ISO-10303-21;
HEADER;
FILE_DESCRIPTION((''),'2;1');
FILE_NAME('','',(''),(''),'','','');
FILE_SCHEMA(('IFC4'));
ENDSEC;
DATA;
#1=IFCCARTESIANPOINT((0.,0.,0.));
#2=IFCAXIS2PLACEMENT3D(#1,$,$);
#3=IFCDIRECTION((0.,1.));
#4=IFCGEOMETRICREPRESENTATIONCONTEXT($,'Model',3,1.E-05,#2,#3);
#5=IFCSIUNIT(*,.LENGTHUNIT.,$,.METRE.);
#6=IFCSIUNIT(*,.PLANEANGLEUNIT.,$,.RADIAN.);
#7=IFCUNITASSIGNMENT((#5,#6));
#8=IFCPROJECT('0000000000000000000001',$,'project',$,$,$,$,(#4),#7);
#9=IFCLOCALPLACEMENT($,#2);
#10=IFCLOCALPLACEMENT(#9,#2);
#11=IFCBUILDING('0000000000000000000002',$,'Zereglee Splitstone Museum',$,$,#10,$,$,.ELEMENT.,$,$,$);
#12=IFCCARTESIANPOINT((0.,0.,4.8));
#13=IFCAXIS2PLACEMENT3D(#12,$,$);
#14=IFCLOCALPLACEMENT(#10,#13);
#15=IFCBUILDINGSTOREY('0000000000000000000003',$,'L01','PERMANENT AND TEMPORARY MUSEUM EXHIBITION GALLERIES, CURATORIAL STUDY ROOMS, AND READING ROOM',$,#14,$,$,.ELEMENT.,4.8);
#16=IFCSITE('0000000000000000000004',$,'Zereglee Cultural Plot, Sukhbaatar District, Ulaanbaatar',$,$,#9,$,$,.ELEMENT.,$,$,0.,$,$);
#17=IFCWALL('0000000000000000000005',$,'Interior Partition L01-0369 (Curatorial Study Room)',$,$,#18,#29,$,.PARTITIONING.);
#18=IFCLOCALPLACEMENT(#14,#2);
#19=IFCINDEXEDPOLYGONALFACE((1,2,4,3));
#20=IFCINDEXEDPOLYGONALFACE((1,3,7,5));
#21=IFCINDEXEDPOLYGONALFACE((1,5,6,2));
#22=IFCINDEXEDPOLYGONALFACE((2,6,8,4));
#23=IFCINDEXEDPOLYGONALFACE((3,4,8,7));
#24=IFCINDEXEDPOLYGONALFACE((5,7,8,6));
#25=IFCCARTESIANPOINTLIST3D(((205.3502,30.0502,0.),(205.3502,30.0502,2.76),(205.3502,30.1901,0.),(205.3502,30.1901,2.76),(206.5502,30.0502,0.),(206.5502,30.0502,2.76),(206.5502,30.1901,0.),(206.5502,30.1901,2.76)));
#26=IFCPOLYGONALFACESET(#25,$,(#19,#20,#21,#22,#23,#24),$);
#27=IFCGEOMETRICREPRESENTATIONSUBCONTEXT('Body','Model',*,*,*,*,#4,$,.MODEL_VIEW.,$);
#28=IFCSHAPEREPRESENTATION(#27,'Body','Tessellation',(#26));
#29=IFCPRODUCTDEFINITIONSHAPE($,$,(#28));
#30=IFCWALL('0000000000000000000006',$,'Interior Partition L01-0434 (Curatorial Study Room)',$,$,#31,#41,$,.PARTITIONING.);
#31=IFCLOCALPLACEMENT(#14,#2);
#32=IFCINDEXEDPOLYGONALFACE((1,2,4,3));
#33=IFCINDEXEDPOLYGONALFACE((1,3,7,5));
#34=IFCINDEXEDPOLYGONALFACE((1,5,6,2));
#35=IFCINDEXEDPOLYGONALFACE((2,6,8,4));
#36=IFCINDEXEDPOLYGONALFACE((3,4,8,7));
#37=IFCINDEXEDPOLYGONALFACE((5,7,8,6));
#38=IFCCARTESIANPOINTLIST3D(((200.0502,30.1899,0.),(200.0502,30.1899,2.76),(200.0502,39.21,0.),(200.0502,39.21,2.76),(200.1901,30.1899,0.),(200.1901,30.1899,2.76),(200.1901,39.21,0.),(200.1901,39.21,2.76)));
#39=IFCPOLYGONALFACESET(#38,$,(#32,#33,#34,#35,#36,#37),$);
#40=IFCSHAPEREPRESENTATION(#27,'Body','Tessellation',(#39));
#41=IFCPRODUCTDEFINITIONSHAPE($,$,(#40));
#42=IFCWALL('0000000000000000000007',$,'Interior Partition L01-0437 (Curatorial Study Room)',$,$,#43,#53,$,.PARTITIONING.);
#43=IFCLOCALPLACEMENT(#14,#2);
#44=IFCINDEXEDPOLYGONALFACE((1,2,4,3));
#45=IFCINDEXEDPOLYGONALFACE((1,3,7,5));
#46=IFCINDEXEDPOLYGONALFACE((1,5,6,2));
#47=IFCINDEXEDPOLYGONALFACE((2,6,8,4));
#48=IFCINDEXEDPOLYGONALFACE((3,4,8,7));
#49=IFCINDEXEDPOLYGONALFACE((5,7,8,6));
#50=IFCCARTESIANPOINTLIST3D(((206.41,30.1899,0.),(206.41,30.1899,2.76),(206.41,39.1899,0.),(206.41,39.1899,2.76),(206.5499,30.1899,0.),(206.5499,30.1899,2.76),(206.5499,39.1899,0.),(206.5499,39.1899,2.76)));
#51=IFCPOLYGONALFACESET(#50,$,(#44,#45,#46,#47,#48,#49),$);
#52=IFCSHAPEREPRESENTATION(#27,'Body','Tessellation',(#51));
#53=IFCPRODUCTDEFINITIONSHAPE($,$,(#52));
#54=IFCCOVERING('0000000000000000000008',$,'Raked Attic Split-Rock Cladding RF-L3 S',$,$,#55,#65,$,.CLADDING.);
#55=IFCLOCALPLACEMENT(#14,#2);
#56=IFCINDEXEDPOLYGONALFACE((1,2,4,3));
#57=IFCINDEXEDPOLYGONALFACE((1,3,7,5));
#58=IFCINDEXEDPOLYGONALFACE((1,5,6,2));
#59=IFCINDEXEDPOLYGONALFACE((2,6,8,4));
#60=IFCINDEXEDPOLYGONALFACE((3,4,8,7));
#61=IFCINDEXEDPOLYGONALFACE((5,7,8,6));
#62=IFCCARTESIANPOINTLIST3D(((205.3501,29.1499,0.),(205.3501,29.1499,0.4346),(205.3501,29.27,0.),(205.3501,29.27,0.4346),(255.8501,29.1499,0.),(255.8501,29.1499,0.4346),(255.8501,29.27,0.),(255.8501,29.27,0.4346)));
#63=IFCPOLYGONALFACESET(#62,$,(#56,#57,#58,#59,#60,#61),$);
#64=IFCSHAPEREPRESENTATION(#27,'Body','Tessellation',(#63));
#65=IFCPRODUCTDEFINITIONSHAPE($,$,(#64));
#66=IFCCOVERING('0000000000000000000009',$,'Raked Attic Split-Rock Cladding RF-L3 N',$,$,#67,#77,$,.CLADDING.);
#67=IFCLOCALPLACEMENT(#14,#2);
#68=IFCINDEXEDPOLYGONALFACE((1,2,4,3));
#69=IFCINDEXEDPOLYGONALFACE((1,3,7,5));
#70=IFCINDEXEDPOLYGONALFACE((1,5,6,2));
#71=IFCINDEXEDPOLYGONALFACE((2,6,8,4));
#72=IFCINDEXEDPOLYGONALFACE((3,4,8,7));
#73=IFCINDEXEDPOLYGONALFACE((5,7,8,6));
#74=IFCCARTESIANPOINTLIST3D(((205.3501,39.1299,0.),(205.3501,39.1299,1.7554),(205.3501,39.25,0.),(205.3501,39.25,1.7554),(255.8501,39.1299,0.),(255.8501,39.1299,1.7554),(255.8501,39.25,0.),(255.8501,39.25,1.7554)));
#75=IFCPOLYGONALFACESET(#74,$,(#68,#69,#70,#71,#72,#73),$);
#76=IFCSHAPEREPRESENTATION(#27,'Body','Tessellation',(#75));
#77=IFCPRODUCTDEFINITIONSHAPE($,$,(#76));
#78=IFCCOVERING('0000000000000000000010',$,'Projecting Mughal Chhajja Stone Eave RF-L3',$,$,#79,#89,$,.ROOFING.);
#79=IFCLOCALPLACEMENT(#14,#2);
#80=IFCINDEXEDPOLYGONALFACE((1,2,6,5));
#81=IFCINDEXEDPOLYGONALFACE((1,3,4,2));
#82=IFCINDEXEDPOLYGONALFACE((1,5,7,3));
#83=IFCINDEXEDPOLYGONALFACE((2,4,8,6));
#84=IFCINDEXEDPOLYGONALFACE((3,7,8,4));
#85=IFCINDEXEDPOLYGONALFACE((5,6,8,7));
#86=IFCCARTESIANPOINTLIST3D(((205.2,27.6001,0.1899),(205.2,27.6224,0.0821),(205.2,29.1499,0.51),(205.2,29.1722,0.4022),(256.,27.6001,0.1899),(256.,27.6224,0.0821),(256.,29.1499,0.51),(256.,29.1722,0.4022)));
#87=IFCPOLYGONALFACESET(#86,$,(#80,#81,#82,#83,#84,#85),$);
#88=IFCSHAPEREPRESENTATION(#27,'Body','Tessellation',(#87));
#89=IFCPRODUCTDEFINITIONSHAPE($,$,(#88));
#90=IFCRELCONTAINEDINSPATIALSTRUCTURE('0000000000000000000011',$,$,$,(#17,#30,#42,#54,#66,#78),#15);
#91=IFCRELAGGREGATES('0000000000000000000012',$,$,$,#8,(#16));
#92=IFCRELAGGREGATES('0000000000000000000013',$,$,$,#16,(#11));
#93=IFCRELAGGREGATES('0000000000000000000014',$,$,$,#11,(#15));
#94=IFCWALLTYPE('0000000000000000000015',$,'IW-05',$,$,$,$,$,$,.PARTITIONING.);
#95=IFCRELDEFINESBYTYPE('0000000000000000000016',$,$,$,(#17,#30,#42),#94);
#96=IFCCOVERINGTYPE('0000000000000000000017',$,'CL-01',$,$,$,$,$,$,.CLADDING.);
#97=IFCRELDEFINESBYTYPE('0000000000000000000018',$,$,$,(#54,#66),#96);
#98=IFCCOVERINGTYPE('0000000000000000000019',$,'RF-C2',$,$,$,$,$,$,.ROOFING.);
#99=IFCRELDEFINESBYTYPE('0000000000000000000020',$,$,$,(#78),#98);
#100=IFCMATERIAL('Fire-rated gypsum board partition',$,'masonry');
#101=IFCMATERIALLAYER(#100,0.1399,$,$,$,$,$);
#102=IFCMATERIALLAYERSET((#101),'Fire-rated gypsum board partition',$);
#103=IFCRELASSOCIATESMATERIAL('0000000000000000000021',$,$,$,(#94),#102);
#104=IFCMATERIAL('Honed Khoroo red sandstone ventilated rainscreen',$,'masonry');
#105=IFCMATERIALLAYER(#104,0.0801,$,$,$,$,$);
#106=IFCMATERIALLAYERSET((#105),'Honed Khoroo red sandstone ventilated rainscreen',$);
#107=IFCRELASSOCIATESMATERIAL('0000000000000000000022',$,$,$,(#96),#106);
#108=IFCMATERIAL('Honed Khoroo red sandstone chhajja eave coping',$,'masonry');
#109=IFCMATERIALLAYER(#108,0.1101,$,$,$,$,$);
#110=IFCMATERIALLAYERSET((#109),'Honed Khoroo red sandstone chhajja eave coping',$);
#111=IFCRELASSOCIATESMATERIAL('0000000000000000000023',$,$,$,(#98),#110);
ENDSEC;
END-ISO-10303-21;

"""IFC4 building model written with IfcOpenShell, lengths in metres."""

from ifc_helpers import new_model, si_unit, direction, frame, frame_2d, origin, place, context, subcontext, project, spatial, polyline, rectangle, outline, extrude, material, layer, layer_set, type_object, element, save


model = new_model("IFC4")

# Units and contexts
model_context = context("Model", 3, precision=1e-05, world=origin(), true_north=direction((0.0, 1.0)))
body_context = subcontext(model_context, "Body", "Model", "MODEL_VIEW")
ifc_project = project(units=[si_unit("LENGTHUNIT", "METRE"), si_unit("PLANEANGLEUNIT", "RADIAN")], contexts=[model_context])

# Site, building, storey
site_placement = place(None, origin())
site = spatial("IfcSite", under=ifc_project, at=site_placement, Name="Zereglee Cultural Plot, Sukhbaatar District, Ulaanbaatar", CompositionType="ELEMENT", RefElevation=0.0)
building_placement = place(site_placement, origin())
building = spatial("IfcBuilding", under=site, at=building_placement, Name="Zereglee Splitstone Museum", CompositionType="ELEMENT")
storey_placement = place(building_placement, frame((0.0, 0.0, 4.8)))
storey = spatial("IfcBuildingStorey", under=building, at=storey_placement, Name="L01", Description="PERMANENT AND TEMPORARY MUSEUM EXHIBITION GALLERIES, CURATORIAL STUDY ROOMS, AND READING ROOM", CompositionType="ELEMENT", Elevation=4.8)

# Walls
ifc_material_1 = material(Name="Fire-rated gypsum board partition", Category="masonry")
ifc_layer_1 = layer(ifc_material_1, 0.1399)
ifc_layer_set_1 = layer_set([ifc_layer_1], Name="Fire-rated gypsum board partition")
wall_type = type_object("IfcWallType", Name="IW-05", PredefinedType="PARTITIONING", material=ifc_layer_set_1)
wall_1_placement = place(storey_placement, frame((205.3501, 30.1201, 0.0), z_axis=(0.0, 0.0, 1.0), x_axis=(1.0, 0.0, 0.0)))
element("IfcWall", 1, at=wall_1_placement, inside=storey, type_object=wall_type, Name="Interior Partition L01-0369 (Curatorial Study Room)", PredefinedType="PARTITIONING", context=body_context, shape_type="SweptSolid", body=[
    extrude(rectangle(XDim=1.2, YDim=0.1399, at=frame_2d((0.6001, 0.0))), origin(), (0.0, 0.0, 1.0), 2.76),
])
wall_2_placement = place(storey_placement, frame((200.1201, 30.1899, 0.0), z_axis=(0.0, 0.0, 1.0), x_axis=(0.0, 1.0, 0.0)))
element("IfcWall", 2, at=wall_2_placement, inside=storey, type_object=wall_type, Name="Interior Partition L01-0434 (Curatorial Study Room)", PredefinedType="PARTITIONING", context=body_context, shape_type="SweptSolid", body=[
    extrude(rectangle(XDim=9.02, YDim=0.1399, at=frame_2d((4.51, 0.0))), origin(), (0.0, 0.0, 1.0), 2.76),
])
wall_3_placement = place(storey_placement, frame((206.48, 30.1899, 0.0), z_axis=(0.0, 0.0, 1.0), x_axis=(0.0, 1.0, 0.0)))
element("IfcWall", 3, at=wall_3_placement, inside=storey, type_object=wall_type, Name="Interior Partition L01-0437 (Curatorial Study Room)", PredefinedType="PARTITIONING", context=body_context, shape_type="SweptSolid", body=[
    extrude(rectangle(XDim=9.0, YDim=0.1399, at=frame_2d((4.5, 0.0))), origin(), (0.0, 0.0, 1.0), 2.76),
])

# Coverings
ifc_material_2 = material(Name="Honed Khoroo red sandstone ventilated rainscreen", Category="masonry")
ifc_layer_2 = layer(ifc_material_2, 0.0801)
ifc_layer_set_2 = layer_set([ifc_layer_2], Name="Honed Khoroo red sandstone ventilated rainscreen")
covering_type_1 = type_object("IfcCoveringType", Name="CL-01", PredefinedType="CLADDING", material=ifc_layer_set_2)
covering_1_placement = place(storey_placement, frame((205.3501, 29.1499, 0.0), z_axis=(0.0, -1.0, 0.0), x_axis=(1.0, 0.0, 0.0)))
element("IfcCovering", 4, at=covering_1_placement, inside=storey, type_object=covering_type_1, Name="Raked Attic Split-Rock Cladding RF-L3 S", PredefinedType="CLADDING", context=body_context, shape_type="SweptSolid", body=[
    extrude(outline(polyline([(0.0, 0.0), (50.5, 0.0), (50.5, 0.4346), (0.0, 0.4346), (0.0, 0.0)])), origin(), (0.0, 0.0, -1.0), 0.1201),
])
covering_2_placement = place(storey_placement, frame((205.3501, 39.25, 1.7554), z_axis=(0.0, 1.0, 0.0), x_axis=(1.0, 0.0, 0.0)))
element("IfcCovering", 5, at=covering_2_placement, inside=storey, type_object=covering_type_1, Name="Raked Attic Split-Rock Cladding RF-L3 N", PredefinedType="CLADDING", context=body_context, shape_type="SweptSolid", body=[
    extrude(outline(polyline([(0.0, 0.0), (50.5, 0.0), (50.5, 1.7554), (0.0, 1.7554), (0.0, 0.0)])), origin(), (0.0, 0.0, -1.0), 0.1201),
])
ifc_material_3 = material(Name="Honed Khoroo red sandstone chhajja eave coping", Category="masonry")
ifc_layer_3 = layer(ifc_material_3, 0.1101)
ifc_layer_set_3 = layer_set([ifc_layer_3], Name="Honed Khoroo red sandstone chhajja eave coping")
covering_type_2 = type_object("IfcCoveringType", Name="RF-C2", PredefinedType="ROOFING", material=ifc_layer_set_3)
covering_3_placement = place(storey_placement, frame((205.2, 27.6001, 0.1899), z_axis=(0.0, -0.202254, 0.979333), x_axis=(1.0, 0.0, 0.0)))
element("IfcCovering", 6, at=covering_3_placement, inside=storey, type_object=covering_type_2, Name="Projecting Mughal Chhajja Stone Eave RF-L3", PredefinedType="ROOFING", context=body_context, shape_type="SweptSolid", body=[
    extrude(outline(polyline([(0.0, 0.0), (50.8, 0.0), (50.8, 1.5825), (0.0, 1.5825), (0.0, 0.0)])), origin(), (0.0, 0.0, -1.0), 0.1101),
])

save(model, "model.ifc")
